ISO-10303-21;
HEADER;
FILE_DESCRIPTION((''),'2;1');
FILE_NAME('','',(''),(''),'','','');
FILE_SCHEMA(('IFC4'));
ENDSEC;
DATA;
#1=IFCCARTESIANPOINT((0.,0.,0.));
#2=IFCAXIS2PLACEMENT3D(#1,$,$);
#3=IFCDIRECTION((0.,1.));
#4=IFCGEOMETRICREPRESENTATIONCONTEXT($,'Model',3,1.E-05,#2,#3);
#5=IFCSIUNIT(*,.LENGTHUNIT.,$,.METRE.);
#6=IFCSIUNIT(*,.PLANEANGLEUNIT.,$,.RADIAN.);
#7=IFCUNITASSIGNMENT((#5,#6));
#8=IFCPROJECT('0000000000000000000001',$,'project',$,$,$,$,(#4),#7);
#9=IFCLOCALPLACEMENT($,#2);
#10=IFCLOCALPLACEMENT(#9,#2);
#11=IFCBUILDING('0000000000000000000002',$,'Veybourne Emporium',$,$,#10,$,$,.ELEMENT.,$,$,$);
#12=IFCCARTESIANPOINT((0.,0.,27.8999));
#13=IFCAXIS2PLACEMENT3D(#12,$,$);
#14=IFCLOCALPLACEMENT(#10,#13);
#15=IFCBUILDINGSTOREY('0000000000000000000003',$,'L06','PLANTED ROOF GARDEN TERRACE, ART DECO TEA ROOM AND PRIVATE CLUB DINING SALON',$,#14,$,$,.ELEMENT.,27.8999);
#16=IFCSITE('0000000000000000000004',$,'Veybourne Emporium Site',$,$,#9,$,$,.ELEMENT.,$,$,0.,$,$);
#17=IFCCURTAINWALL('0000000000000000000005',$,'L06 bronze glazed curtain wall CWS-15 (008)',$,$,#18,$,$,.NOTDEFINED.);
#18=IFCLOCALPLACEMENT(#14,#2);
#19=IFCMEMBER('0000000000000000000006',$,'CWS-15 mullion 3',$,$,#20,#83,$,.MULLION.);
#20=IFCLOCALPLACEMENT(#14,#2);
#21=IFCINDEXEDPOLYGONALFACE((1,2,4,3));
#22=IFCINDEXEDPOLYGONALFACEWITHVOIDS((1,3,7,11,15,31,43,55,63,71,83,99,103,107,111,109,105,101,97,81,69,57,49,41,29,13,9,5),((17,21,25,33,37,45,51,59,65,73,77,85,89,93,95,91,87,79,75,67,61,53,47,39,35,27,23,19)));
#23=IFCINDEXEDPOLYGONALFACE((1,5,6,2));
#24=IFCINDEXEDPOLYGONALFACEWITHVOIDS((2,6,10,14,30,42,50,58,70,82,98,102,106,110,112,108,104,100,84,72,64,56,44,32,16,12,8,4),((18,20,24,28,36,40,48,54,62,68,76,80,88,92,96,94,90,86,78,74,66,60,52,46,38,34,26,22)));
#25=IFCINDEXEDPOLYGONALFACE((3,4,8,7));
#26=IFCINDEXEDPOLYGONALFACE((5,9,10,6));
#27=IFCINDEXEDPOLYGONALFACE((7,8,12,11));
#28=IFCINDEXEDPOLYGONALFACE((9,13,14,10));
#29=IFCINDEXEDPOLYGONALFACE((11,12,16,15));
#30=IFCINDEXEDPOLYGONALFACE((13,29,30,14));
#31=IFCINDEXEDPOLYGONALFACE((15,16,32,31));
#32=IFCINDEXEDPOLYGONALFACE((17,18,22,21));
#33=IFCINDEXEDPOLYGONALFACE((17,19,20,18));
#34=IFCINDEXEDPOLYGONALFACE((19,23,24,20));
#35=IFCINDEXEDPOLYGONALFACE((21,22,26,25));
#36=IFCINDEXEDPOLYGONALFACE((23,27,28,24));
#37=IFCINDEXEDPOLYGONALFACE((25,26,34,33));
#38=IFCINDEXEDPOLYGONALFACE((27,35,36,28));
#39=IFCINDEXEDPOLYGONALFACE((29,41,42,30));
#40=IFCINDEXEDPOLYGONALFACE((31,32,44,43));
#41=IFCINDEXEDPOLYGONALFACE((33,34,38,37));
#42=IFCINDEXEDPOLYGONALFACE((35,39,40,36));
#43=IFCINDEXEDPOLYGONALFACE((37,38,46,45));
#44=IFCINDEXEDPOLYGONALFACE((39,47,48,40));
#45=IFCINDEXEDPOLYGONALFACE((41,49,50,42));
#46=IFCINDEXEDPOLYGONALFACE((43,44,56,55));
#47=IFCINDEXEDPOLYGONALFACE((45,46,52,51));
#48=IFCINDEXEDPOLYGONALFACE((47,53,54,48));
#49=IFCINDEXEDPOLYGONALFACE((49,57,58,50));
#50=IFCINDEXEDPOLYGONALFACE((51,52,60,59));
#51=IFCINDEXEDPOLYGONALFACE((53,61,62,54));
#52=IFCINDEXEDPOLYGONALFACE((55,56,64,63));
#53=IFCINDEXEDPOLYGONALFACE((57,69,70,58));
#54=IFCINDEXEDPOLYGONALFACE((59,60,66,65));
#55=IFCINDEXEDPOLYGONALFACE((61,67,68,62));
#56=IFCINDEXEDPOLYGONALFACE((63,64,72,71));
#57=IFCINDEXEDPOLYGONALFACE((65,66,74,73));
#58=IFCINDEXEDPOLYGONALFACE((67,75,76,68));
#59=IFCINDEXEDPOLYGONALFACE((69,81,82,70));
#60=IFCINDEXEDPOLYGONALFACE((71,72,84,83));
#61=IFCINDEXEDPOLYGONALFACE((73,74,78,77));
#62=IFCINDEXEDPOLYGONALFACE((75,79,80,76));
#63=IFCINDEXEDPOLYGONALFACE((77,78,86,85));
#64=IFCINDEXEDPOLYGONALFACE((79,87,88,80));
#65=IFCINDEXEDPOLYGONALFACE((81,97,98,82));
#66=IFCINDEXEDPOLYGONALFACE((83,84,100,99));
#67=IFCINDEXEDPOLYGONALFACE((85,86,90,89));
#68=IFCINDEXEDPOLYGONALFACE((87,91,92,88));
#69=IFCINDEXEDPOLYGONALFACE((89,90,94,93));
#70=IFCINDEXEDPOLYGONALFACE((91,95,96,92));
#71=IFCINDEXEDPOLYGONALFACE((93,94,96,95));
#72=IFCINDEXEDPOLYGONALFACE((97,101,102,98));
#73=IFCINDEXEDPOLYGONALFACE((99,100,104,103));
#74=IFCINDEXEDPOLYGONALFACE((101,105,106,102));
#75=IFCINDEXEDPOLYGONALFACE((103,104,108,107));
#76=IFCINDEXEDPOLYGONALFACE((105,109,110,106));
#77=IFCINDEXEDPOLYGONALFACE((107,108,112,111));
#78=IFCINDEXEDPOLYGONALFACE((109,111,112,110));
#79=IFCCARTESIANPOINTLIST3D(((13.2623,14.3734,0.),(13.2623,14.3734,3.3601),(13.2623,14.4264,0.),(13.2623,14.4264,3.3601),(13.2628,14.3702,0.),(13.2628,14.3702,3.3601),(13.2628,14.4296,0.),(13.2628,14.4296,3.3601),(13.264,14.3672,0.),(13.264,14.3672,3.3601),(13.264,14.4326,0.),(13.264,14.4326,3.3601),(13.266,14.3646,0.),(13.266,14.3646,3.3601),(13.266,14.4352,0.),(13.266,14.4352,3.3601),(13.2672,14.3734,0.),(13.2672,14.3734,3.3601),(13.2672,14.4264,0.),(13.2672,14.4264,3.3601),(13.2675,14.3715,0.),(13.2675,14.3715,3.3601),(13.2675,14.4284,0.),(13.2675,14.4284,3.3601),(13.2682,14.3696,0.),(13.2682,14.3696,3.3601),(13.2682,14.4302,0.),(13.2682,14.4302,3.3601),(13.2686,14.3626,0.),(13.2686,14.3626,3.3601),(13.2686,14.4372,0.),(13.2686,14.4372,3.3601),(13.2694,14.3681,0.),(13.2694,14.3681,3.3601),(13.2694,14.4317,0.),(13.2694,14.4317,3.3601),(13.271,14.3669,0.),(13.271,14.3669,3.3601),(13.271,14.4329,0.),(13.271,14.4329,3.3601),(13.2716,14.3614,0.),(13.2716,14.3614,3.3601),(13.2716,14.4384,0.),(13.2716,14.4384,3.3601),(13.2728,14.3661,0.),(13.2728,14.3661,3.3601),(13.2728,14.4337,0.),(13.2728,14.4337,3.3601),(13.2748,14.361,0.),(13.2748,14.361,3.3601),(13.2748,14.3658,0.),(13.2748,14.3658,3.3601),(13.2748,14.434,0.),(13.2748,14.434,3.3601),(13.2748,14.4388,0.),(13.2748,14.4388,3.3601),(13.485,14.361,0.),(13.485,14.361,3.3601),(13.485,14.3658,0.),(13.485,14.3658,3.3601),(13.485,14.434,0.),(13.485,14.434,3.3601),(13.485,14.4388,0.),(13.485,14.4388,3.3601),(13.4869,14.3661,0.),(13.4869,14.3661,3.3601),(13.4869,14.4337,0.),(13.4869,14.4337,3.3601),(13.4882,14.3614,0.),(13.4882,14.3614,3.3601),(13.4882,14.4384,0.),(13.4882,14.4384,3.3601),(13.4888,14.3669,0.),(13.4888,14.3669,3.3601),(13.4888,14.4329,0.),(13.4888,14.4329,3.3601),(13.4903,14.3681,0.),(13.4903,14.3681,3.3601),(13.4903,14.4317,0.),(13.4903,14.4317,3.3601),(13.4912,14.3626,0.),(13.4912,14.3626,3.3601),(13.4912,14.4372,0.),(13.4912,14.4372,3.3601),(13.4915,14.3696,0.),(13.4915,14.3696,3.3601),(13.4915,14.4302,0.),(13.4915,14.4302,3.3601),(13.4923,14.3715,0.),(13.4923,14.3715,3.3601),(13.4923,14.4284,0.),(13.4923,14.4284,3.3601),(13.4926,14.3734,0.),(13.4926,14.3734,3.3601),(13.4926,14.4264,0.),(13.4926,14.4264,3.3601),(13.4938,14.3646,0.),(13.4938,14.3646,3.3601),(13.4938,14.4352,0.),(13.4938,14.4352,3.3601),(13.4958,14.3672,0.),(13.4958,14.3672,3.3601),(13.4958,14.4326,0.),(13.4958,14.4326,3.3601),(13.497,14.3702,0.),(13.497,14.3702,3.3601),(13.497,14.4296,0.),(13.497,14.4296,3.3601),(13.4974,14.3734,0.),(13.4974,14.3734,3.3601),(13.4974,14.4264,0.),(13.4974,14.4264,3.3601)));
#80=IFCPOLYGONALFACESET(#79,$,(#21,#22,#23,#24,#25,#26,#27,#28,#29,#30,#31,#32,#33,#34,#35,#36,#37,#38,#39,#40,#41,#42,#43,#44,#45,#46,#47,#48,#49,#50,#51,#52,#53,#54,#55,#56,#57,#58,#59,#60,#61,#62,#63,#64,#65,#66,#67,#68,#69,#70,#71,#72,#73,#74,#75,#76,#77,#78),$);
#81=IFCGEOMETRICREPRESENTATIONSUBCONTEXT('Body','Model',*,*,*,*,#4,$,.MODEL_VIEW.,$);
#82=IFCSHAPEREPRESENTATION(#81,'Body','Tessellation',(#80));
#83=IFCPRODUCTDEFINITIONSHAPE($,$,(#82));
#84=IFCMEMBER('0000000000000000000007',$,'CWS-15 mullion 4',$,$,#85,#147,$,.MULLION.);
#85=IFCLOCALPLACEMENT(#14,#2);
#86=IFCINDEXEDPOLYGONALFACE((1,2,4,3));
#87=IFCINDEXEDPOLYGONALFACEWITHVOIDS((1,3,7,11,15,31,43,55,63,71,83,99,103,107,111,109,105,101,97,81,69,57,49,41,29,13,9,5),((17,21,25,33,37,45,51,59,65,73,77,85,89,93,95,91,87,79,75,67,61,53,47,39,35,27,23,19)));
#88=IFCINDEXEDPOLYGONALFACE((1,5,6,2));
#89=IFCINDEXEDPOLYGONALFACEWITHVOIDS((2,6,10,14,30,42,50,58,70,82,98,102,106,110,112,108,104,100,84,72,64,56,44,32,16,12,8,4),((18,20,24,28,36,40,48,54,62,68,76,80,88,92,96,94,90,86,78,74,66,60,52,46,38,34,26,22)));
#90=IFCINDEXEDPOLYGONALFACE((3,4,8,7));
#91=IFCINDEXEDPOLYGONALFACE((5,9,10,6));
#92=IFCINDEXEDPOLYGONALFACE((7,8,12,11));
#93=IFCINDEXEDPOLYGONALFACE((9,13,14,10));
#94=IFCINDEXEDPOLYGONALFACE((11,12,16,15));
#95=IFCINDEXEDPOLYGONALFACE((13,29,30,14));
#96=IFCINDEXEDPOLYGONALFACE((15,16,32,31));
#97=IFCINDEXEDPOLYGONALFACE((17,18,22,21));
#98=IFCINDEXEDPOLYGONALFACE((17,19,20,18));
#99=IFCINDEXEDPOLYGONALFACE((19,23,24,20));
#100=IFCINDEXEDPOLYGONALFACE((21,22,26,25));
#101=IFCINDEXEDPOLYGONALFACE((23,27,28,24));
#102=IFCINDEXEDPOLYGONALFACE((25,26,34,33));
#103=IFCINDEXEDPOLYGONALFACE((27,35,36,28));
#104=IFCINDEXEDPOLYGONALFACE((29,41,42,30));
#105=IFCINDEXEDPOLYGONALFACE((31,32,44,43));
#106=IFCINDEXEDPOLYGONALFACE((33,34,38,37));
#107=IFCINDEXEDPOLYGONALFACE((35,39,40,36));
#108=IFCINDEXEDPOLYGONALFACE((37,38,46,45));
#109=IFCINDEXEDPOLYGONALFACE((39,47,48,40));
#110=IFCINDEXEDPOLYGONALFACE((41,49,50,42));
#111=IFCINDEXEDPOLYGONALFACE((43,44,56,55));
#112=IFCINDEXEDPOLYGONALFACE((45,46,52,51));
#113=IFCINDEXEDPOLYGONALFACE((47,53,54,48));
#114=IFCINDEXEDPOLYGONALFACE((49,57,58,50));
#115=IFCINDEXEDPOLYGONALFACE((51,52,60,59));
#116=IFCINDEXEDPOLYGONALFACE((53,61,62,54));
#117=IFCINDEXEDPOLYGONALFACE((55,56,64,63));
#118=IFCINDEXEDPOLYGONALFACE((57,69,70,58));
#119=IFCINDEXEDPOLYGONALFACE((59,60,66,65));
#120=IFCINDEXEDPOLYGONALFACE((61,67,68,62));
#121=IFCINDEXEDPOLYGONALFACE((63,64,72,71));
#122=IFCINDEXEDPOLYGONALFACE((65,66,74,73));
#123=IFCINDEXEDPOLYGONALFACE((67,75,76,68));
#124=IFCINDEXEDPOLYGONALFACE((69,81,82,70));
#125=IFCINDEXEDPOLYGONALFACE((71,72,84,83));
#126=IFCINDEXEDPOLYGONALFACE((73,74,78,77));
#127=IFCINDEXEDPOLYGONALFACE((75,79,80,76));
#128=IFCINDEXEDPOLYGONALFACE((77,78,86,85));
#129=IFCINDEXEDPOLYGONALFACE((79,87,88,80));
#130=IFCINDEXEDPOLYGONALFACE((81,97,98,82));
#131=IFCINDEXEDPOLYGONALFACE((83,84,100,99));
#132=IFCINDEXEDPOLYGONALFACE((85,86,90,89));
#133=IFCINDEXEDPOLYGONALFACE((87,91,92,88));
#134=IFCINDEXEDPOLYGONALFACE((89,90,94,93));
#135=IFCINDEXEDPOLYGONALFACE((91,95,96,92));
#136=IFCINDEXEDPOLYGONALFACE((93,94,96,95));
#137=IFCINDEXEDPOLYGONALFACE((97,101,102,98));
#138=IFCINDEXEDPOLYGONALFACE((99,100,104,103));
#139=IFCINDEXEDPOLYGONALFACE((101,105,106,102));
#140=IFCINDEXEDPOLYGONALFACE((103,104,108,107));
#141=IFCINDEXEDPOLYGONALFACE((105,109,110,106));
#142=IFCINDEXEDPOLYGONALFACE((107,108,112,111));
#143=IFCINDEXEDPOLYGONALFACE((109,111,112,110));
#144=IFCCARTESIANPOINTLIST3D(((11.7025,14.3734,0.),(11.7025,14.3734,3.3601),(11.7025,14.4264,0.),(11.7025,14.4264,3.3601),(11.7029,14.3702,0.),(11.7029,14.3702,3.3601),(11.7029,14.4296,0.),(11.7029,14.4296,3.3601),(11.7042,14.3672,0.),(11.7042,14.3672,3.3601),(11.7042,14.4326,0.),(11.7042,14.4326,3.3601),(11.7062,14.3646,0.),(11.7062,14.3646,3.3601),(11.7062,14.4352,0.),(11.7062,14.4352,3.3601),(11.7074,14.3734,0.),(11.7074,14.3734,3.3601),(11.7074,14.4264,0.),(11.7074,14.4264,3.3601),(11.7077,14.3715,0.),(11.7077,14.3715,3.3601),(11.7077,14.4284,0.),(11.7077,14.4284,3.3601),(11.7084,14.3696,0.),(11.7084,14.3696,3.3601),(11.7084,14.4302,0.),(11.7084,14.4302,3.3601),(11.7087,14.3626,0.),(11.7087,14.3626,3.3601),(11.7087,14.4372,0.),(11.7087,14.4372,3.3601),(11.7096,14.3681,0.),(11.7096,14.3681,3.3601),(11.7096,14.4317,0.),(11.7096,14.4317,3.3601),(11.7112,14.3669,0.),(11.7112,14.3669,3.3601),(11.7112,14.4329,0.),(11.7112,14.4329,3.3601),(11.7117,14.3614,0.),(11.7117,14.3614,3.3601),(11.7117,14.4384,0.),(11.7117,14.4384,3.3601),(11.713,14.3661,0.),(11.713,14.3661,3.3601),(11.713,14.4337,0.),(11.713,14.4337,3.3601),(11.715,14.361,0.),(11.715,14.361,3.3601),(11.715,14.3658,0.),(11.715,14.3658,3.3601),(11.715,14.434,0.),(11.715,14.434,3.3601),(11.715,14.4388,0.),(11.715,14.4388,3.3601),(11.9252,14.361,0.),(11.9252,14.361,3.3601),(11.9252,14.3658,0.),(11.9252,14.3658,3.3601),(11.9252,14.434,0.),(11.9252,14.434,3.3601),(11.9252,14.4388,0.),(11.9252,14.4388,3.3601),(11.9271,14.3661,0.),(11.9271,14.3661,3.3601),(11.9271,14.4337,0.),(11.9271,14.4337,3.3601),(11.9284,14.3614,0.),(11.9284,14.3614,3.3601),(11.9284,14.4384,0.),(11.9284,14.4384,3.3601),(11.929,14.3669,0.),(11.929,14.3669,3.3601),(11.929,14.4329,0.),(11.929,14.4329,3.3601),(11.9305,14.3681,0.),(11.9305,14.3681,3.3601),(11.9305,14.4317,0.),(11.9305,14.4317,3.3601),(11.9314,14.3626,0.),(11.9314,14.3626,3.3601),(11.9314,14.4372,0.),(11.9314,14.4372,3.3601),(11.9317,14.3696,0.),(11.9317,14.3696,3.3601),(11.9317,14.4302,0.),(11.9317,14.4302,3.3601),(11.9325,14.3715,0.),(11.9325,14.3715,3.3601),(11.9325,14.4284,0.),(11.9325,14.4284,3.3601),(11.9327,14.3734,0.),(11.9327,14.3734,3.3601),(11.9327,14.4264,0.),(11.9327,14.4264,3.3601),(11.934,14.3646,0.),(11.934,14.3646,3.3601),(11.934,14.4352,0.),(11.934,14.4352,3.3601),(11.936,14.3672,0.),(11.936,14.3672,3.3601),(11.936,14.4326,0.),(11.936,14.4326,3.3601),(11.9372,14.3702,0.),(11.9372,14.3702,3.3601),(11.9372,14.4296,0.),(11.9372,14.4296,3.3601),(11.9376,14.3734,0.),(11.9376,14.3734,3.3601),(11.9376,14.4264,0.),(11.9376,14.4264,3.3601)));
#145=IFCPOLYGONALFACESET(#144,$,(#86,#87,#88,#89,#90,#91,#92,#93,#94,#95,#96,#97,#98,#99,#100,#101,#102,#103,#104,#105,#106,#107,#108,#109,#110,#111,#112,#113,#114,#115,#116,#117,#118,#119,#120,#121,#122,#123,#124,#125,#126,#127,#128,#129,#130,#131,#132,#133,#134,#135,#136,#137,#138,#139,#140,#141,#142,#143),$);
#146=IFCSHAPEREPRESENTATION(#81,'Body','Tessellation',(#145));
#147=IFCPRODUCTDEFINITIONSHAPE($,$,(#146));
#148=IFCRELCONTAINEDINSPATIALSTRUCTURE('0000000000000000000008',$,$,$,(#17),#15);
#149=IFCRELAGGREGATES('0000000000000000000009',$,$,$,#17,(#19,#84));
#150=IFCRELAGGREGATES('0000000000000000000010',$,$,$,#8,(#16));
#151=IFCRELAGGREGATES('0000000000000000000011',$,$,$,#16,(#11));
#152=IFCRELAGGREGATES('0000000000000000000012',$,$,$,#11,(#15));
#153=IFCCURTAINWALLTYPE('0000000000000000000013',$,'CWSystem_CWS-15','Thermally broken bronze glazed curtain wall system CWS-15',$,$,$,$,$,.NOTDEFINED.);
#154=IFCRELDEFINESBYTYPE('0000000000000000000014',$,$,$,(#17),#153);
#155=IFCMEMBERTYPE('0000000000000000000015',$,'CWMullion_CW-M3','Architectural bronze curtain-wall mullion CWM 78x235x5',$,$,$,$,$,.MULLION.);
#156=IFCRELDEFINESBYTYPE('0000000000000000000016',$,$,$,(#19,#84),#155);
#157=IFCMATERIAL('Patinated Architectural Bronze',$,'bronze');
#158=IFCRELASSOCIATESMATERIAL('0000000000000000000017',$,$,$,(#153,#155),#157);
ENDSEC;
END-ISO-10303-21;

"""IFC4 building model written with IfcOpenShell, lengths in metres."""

from ifc_helpers import new_model, si_unit, direction, frame, origin, origin_2d, place, context, subcontext, project, spatial, hollow_rectangle, extrude, material, material_profile, profile_set, type_object, element, aggregate, save


model = new_model("IFC4")

# Units and contexts
model_context = context("Model", 3, precision=1e-05, world=origin(), true_north=direction((0.0, 1.0)))
body_context = subcontext(model_context, "Body", "Model", "MODEL_VIEW")
ifc_project = project(units=[si_unit("LENGTHUNIT", "METRE"), si_unit("PLANEANGLEUNIT", "RADIAN")], contexts=[model_context])

# Site, building, storey
site_placement = place(None, origin())
site = spatial("IfcSite", under=ifc_project, at=site_placement, Name="Veybourne Emporium Site", CompositionType="ELEMENT", RefElevation=0.0)
building_placement = place(site_placement, origin())
building = spatial("IfcBuilding", under=site, at=building_placement, Name="Veybourne Emporium", CompositionType="ELEMENT")
storey_placement = place(building_placement, frame((0.0, 0.0, 27.8999)))
storey = spatial("IfcBuildingStorey", under=building, at=storey_placement, Name="L06", Description="PLANTED ROOF GARDEN TERRACE, ART DECO TEA ROOM AND PRIVATE CLUB DINING SALON", CompositionType="ELEMENT", Elevation=27.8999)

# Curtain wall, members
ifc_material_1 = material(Name="Patinated Architectural Bronze", Category="bronze")
curtain_wall_type = type_object("IfcCurtainWallType", Name="CWSystem_CWS-15", Description="Thermally broken bronze glazed curtain wall system CWS-15", PredefinedType="NOTDEFINED", material=ifc_material_1)
curtain_wall_placement = place(storey_placement, origin())
curtain_wall = element("IfcCurtainWall", 1, at=curtain_wall_placement, inside=storey, type_object=curtain_wall_type, Name="L06 bronze glazed curtain wall CWS-15 (008)", PredefinedType="NOTDEFINED")
ifc_material_profile_1 = material_profile(ifc_material_1, hollow_rectangle(XDim=0.0779, YDim=0.2351, WallThickness=0.0049, InnerFilletRadius=0.0076, OuterFilletRadius=0.0125, at=origin_2d()), Name="CWM 78x235x5")
ifc_profile_set_1 = profile_set([ifc_material_profile_1], Name="Patinated Architectural Bronze")
member_type_1 = type_object("IfcMemberType", Name="CWMullion_CW-M3", Description="Architectural bronze curtain-wall mullion CWM 78x235x5", PredefinedType="MULLION", material=ifc_profile_set_1)
member_1_placement = place(storey_placement, frame((13.3799, 14.3999, 0.0), z_axis=(0.0, 0.0, 1.0), x_axis=(0.0, -1.0, 0.0)))
member_1 = element("IfcMember", 2, at=member_1_placement, type_object=member_type_1, Name="CWS-15 mullion 3", PredefinedType="MULLION", context=body_context, shape_type="SweptSolid", body=[
    extrude(hollow_rectangle(XDim=0.0779, YDim=0.2351, WallThickness=0.0049, InnerFilletRadius=0.0076, OuterFilletRadius=0.0125, at=origin_2d()), origin(), (0.0, 0.0, 1.0), 3.3601),
])
member_2_placement = place(storey_placement, frame((11.8201, 14.3999, 0.0), z_axis=(0.0, 0.0, 1.0), x_axis=(0.0, -1.0, 0.0)))
member_2 = element("IfcMember", 3, at=member_2_placement, type_object=member_type_1, Name="CWS-15 mullion 4", PredefinedType="MULLION", context=body_context, shape_type="SweptSolid", body=[
    extrude(hollow_rectangle(XDim=0.0779, YDim=0.2351, WallThickness=0.0049, InnerFilletRadius=0.0076, OuterFilletRadius=0.0125, at=origin_2d()), origin(), (0.0, 0.0, 1.0), 3.3601),
])
aggregate(curtain_wall, [member_1, member_2])

save(model, "model.ifc")
